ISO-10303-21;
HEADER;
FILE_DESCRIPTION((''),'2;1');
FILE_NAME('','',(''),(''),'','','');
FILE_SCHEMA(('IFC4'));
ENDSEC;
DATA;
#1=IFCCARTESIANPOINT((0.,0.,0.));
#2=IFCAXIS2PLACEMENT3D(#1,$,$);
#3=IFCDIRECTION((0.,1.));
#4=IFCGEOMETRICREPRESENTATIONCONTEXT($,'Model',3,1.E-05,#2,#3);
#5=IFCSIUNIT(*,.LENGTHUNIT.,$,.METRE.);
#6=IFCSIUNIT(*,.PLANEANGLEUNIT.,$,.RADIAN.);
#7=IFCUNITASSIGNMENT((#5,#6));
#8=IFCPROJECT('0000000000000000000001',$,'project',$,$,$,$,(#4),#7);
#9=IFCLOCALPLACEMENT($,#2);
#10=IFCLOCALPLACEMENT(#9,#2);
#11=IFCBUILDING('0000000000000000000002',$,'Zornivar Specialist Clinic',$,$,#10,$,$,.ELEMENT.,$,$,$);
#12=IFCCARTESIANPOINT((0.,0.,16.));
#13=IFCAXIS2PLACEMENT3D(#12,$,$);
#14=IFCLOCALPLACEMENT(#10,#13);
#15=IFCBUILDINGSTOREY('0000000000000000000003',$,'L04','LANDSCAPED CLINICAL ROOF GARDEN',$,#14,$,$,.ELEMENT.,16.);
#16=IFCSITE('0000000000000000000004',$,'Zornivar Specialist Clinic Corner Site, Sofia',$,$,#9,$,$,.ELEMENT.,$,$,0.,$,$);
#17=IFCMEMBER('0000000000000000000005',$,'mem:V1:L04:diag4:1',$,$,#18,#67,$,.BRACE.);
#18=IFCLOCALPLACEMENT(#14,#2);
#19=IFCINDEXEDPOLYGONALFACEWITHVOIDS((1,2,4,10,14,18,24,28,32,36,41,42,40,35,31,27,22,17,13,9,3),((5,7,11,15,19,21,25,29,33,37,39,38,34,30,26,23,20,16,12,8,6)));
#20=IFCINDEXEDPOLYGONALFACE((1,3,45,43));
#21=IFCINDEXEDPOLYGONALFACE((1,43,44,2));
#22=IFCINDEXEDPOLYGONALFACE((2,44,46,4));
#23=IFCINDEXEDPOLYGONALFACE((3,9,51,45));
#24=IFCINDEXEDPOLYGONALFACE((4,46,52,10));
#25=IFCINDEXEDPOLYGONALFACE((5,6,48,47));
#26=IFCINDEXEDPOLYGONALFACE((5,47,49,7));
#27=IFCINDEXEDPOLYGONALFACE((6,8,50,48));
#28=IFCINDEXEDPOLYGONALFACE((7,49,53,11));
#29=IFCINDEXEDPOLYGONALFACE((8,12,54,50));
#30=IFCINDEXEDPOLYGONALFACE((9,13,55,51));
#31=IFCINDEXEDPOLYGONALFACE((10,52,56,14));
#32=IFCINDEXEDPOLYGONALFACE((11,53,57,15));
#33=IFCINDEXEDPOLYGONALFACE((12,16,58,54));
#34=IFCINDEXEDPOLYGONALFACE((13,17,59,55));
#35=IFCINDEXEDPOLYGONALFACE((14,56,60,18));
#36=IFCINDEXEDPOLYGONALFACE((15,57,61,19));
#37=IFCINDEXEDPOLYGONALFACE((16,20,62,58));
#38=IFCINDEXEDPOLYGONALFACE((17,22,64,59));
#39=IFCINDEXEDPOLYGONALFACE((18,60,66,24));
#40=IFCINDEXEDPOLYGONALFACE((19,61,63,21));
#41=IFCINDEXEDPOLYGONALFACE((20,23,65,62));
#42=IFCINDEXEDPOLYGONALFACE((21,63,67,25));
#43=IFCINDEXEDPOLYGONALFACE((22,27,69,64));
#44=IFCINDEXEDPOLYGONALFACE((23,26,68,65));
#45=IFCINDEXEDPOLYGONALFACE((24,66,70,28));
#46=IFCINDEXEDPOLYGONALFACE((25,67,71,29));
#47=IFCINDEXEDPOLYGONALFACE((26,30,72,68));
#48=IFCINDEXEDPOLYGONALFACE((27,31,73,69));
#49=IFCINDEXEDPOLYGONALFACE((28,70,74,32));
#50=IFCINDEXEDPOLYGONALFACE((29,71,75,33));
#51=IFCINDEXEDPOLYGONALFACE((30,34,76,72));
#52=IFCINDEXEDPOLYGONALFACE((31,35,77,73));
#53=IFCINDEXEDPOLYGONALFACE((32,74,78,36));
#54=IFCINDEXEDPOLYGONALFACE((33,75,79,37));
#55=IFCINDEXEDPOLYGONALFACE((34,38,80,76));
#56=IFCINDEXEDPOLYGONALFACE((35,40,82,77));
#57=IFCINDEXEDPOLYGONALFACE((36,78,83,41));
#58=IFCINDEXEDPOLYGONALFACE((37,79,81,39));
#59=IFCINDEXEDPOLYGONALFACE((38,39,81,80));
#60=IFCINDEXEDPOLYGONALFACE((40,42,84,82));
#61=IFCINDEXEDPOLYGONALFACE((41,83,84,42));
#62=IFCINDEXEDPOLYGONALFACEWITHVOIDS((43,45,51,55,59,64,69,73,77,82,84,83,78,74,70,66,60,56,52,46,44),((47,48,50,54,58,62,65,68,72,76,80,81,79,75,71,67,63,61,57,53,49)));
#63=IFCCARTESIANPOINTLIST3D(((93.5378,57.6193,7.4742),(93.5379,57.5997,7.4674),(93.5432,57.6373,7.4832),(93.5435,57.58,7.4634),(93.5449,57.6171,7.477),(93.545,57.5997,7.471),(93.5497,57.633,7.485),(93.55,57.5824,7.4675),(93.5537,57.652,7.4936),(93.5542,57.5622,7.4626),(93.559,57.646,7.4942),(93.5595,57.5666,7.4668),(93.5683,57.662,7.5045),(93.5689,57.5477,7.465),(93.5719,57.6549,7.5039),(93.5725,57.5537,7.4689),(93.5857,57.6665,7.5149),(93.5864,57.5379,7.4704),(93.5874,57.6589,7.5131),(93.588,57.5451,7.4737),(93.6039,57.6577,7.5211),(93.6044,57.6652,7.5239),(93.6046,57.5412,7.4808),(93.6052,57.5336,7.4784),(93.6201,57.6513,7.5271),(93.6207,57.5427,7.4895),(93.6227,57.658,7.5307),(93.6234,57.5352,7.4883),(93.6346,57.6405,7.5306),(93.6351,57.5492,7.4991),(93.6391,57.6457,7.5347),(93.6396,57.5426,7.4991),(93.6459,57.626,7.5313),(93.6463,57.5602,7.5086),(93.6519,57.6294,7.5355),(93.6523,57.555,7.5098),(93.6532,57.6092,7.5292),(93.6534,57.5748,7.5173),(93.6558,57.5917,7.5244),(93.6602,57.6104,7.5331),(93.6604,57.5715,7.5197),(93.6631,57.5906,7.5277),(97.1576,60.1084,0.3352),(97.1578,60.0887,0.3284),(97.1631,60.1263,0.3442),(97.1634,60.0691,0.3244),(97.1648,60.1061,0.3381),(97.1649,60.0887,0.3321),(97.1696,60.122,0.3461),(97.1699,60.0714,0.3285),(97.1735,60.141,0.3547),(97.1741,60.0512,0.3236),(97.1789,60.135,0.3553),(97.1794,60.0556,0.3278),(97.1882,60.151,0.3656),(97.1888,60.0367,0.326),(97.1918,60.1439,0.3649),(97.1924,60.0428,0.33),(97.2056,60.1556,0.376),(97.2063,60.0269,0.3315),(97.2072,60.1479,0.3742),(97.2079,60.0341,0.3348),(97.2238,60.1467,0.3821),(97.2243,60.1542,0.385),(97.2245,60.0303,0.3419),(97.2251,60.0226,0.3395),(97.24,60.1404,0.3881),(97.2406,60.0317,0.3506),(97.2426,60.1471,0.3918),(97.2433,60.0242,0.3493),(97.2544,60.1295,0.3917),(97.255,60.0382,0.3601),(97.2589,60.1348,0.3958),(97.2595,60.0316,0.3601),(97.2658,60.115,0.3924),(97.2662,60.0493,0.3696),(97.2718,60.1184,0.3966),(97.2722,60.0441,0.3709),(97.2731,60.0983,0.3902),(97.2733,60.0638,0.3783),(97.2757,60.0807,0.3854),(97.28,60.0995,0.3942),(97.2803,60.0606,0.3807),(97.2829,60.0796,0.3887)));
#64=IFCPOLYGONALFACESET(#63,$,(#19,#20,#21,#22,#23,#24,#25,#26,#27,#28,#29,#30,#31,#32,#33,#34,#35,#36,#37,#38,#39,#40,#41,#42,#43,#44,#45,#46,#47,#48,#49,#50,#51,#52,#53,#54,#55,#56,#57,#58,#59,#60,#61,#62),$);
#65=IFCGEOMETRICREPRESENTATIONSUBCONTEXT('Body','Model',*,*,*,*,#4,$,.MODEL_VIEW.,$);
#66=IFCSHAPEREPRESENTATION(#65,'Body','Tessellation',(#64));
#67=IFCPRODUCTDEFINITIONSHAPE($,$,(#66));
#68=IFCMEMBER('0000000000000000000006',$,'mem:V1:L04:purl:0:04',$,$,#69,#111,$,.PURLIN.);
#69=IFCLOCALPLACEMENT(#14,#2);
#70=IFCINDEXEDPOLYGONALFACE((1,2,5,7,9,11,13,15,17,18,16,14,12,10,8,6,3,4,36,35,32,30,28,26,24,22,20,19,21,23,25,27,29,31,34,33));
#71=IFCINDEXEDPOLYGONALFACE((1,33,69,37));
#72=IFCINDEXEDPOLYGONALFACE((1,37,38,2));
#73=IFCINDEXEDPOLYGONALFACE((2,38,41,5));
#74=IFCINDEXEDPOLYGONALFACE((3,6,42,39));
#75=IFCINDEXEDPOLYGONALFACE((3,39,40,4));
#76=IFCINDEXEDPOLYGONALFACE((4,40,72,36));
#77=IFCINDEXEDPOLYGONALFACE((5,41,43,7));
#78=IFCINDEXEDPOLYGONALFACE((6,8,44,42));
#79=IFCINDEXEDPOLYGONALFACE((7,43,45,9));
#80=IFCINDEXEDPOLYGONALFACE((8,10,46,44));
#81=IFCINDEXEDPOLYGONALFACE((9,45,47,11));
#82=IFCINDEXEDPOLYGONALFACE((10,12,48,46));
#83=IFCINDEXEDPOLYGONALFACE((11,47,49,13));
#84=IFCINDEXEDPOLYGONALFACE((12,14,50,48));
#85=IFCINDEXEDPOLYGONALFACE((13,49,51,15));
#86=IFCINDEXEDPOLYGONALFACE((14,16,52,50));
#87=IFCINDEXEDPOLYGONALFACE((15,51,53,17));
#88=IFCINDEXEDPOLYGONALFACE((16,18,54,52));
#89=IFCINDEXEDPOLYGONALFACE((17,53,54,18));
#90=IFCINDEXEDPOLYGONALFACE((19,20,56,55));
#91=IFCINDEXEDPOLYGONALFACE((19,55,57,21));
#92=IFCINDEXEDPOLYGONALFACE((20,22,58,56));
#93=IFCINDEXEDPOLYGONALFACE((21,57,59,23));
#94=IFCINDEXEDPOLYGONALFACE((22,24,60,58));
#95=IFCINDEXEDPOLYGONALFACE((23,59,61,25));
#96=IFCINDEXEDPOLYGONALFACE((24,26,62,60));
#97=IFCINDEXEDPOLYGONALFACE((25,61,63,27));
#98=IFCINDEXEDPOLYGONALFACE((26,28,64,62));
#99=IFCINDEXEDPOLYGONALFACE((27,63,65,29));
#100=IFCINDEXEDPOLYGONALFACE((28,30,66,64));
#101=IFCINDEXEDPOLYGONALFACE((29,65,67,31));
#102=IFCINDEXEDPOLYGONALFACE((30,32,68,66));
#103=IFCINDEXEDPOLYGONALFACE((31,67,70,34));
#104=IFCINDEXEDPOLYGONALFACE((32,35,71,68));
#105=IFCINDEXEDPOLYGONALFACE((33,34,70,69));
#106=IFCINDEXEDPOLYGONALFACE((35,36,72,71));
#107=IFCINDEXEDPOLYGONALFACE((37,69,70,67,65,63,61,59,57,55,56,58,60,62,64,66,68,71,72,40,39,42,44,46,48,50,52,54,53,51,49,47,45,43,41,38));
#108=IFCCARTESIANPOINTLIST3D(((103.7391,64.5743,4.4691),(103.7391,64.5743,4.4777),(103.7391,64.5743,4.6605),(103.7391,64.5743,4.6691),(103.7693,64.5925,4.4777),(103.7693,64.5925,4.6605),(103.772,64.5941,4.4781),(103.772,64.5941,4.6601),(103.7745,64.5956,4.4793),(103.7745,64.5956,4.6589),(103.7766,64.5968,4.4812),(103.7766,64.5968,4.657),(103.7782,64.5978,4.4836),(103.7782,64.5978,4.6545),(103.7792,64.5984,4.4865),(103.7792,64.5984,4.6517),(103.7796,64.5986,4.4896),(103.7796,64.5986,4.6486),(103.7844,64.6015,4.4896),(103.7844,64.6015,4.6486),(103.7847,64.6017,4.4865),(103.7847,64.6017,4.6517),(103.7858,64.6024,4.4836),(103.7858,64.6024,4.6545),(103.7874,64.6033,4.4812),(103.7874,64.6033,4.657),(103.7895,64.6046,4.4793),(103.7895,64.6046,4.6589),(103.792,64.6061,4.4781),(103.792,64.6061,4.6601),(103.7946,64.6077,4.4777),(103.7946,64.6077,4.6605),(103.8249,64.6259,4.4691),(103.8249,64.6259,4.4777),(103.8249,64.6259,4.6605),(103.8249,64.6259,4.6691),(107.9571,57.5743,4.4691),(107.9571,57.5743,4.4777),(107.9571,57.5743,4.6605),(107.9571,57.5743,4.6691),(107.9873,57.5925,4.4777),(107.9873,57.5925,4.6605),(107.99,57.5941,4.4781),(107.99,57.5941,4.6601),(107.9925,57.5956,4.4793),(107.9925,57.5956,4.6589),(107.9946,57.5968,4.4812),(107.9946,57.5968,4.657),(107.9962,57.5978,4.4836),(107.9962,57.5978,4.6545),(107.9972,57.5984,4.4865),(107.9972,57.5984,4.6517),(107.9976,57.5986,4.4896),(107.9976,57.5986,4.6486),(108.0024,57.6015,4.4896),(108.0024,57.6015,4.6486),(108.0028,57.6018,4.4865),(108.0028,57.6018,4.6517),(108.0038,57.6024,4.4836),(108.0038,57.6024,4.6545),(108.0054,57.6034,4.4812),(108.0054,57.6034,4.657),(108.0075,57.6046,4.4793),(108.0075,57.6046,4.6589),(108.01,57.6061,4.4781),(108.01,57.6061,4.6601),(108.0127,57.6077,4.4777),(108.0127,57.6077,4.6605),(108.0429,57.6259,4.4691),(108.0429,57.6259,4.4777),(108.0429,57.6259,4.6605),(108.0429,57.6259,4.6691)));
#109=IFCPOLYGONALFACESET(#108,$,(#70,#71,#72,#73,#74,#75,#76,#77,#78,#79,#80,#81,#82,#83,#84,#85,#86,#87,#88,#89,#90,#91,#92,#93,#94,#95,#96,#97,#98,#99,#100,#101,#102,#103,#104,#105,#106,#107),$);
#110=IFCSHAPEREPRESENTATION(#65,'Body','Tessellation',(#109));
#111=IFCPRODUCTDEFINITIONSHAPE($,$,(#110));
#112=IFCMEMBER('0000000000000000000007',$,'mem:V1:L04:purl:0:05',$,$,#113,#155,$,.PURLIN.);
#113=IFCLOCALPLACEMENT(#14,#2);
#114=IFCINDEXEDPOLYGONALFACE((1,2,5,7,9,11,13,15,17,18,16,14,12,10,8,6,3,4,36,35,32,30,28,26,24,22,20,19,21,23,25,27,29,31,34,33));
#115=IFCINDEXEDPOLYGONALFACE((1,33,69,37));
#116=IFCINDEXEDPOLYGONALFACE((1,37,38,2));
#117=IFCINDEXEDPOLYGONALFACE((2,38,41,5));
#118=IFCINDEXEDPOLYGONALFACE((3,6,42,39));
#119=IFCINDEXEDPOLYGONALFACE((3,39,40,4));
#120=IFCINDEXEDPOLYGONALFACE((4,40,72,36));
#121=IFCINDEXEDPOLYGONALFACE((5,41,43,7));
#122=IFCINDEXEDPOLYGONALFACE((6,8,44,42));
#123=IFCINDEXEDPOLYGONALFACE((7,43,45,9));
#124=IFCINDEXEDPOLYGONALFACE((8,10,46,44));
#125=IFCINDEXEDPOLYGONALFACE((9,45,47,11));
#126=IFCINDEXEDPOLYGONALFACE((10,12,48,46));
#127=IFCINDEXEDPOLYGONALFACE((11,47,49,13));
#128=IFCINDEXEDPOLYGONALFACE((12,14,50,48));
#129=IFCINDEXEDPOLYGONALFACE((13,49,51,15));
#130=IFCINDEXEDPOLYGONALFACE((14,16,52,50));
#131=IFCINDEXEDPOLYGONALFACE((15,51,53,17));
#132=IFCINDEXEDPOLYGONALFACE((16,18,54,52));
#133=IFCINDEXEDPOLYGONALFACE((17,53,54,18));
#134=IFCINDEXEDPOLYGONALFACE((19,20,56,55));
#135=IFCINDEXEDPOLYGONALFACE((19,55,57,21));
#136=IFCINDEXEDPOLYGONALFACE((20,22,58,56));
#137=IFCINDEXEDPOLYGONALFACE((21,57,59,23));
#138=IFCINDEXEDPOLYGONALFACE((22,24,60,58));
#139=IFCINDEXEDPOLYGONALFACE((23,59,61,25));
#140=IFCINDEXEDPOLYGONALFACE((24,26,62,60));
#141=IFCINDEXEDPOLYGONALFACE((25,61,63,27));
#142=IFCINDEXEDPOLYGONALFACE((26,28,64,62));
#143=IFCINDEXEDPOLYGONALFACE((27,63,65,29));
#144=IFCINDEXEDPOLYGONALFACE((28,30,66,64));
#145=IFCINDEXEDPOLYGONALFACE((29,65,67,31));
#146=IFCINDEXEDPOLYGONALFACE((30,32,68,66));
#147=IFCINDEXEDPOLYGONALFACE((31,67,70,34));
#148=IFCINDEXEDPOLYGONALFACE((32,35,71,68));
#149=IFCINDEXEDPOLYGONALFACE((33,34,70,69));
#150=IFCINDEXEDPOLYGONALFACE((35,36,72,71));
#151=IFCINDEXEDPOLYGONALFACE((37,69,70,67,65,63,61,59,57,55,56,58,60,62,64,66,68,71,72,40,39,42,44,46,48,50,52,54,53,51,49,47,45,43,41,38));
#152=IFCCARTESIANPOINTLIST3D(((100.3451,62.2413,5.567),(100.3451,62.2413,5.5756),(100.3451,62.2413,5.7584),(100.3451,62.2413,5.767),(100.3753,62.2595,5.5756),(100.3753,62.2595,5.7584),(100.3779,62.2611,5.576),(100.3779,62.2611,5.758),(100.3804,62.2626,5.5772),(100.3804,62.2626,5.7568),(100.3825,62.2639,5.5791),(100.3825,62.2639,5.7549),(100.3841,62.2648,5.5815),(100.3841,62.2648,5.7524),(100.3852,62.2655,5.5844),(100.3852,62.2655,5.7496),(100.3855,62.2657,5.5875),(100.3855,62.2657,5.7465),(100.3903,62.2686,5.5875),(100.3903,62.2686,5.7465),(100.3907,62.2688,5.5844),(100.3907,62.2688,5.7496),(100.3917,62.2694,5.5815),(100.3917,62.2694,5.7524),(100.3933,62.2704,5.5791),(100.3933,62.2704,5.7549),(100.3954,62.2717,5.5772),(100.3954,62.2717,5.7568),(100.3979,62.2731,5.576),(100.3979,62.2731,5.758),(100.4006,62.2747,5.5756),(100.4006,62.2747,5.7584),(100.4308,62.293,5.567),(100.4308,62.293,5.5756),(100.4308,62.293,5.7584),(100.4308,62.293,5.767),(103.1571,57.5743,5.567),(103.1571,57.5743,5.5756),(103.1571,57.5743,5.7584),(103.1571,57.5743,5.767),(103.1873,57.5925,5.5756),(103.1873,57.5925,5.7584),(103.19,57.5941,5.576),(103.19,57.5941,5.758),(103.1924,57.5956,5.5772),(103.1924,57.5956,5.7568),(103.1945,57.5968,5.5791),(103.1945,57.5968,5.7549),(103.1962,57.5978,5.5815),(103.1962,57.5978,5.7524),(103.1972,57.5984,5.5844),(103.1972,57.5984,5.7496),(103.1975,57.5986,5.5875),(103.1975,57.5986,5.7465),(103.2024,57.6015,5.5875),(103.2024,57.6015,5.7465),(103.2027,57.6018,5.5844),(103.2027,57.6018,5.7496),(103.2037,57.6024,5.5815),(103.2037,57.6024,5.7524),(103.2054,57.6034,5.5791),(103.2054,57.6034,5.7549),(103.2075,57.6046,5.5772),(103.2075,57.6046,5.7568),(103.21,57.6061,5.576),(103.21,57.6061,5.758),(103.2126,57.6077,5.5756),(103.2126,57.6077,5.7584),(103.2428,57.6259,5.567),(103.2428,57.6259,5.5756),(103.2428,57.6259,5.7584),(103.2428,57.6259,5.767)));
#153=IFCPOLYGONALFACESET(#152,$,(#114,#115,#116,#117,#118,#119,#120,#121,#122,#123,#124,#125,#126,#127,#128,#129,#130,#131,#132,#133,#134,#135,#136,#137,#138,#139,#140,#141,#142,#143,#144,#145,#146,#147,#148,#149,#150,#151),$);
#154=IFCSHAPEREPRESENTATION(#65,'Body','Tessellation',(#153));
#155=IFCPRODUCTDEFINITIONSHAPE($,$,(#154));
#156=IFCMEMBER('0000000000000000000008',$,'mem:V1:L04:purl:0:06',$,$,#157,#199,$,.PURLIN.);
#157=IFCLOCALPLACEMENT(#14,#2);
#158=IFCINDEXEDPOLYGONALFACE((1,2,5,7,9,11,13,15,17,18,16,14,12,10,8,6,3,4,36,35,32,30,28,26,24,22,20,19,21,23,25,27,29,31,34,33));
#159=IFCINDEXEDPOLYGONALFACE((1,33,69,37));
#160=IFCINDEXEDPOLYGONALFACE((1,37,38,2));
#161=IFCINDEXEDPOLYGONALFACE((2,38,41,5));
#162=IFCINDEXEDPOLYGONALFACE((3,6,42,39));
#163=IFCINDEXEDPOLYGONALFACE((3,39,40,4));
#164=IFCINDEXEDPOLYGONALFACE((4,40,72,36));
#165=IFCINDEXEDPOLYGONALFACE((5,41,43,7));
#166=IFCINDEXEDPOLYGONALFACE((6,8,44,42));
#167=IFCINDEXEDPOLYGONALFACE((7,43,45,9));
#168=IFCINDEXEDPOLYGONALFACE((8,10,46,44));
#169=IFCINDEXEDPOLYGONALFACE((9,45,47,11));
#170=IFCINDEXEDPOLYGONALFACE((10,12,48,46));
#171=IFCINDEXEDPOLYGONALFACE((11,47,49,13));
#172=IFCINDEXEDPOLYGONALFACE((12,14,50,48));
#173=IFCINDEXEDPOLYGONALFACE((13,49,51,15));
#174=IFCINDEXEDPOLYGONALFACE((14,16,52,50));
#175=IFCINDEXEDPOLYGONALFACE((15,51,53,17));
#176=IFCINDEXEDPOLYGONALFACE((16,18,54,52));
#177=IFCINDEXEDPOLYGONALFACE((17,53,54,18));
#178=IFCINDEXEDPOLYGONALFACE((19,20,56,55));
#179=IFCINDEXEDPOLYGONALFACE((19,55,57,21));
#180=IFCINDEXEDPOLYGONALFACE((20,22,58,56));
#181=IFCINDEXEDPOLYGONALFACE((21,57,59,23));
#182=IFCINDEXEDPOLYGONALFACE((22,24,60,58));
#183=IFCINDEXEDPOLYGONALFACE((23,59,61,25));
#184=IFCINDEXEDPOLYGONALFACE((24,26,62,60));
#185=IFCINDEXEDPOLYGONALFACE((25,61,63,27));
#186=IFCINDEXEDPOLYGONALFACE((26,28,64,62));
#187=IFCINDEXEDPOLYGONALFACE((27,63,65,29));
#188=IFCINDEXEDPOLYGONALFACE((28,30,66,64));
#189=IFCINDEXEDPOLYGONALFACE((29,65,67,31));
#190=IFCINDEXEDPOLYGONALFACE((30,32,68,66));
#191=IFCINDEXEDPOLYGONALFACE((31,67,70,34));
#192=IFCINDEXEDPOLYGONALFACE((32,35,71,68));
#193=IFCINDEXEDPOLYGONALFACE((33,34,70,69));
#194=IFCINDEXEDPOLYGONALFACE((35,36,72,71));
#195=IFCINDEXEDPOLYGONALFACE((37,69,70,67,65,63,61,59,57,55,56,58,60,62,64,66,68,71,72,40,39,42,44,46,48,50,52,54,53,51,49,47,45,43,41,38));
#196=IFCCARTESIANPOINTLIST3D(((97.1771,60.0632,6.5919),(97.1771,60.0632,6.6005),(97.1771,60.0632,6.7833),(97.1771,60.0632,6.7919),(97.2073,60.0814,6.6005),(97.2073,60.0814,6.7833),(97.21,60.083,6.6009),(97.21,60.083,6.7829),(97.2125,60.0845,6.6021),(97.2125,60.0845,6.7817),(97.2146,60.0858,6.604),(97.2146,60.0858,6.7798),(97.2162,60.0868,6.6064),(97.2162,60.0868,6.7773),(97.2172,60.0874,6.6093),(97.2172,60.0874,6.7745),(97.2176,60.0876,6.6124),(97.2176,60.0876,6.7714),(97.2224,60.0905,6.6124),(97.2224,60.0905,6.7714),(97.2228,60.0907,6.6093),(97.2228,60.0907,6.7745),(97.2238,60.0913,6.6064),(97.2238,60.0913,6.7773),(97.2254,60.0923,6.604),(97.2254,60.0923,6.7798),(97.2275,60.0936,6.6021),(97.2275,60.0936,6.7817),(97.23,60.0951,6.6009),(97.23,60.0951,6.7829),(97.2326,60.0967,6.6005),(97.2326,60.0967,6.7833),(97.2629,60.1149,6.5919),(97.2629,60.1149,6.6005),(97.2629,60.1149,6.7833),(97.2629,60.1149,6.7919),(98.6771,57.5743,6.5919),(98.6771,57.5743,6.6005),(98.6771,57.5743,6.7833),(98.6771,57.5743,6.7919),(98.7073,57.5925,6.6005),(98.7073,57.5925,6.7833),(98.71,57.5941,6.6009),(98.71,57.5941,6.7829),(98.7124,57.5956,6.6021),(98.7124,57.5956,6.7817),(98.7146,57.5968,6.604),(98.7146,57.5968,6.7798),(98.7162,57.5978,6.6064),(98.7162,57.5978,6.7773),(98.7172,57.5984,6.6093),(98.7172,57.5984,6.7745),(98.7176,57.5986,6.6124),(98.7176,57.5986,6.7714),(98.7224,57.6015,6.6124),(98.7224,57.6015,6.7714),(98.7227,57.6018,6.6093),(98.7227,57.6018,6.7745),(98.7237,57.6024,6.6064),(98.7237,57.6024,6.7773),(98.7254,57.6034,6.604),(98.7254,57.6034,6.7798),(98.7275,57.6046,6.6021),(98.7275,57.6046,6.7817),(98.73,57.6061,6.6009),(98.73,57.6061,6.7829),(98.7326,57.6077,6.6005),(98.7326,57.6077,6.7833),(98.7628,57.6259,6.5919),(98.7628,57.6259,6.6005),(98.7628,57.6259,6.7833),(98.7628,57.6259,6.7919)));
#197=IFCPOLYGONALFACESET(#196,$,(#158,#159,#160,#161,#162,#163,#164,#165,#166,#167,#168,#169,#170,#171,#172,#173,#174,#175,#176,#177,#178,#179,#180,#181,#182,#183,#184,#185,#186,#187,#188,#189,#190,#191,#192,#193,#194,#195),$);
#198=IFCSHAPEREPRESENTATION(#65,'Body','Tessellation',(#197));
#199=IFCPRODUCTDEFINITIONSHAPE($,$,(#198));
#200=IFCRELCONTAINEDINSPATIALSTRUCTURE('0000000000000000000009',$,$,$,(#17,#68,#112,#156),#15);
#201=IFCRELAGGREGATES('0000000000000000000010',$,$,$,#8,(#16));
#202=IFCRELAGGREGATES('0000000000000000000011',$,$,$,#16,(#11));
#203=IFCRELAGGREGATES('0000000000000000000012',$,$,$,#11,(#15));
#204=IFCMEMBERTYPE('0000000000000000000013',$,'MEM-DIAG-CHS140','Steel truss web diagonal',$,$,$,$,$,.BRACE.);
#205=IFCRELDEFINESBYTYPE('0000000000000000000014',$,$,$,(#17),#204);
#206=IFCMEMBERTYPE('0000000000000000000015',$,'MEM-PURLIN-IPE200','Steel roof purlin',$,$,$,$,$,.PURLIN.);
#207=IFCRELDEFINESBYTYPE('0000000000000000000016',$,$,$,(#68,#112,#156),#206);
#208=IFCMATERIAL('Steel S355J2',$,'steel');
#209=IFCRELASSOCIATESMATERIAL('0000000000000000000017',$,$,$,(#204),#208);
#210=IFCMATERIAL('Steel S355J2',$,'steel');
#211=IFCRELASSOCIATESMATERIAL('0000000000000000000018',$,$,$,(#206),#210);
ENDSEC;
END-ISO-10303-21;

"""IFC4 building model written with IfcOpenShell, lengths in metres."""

from ifc_helpers import new_model, si_unit, direction, frame, origin, origin_2d, place, context, subcontext, project, spatial, hollow_circle, i_section, extrude, material, material_profile, profile_set, type_object, element, save


model = new_model("IFC4")

# Units and contexts
model_context = context("Model", 3, precision=1e-05, world=origin(), true_north=direction((0.0, 1.0)))
body_context = subcontext(model_context, "Body", "Model", "MODEL_VIEW")
ifc_project = project(units=[si_unit("LENGTHUNIT", "METRE"), si_unit("PLANEANGLEUNIT", "RADIAN")], contexts=[model_context])

# Site, building, storey
site_placement = place(None, origin())
site = spatial("IfcSite", under=ifc_project, at=site_placement, Name="Zornivar Specialist Clinic Corner Site, Sofia", CompositionType="ELEMENT", RefElevation=0.0)
building_placement = place(site_placement, origin())
building = spatial("IfcBuilding", under=site, at=building_placement, Name="Zornivar Specialist Clinic", CompositionType="ELEMENT")
storey_placement = place(building_placement, frame((0.0, 0.0, 16.0)))
storey = spatial("IfcBuildingStorey", under=building, at=storey_placement, Name="L04", Description="LANDSCAPED CLINICAL ROOF GARDEN", CompositionType="ELEMENT", Elevation=16.0)

# Members
ifc_material_1 = material(Name="Steel S355J2", Category="steel")
ifc_material_profile_1 = material_profile(ifc_material_1, hollow_circle(Radius=0.0698, WallThickness=0.0081, at=origin_2d()), Name="CHS 139.7x8")
ifc_profile_set_1 = profile_set([ifc_material_profile_1], Name="Steel S355J2")
member_type_1 = type_object("IfcMemberType", Name="MEM-DIAG-CHS140", Description="Steel truss web diagonal", PredefinedType="BRACE", material=ifc_profile_set_1)
member_1_placement = place(storey_placement, frame((97.22, 60.0891, 0.3601), z_axis=(-0.431848, -0.296937, 0.851667), x_axis=(0.566583, -0.824005, 0.0)))
element("IfcMember", 1, at=member_1_placement, inside=storey, type_object=member_type_1, Name="mem:V1:L04:diag4:1", PredefinedType="BRACE", context=body_context, shape_type="SweptSolid", body=[
    extrude(hollow_circle(Radius=0.0698, WallThickness=0.0081, at=origin_2d()), origin(), (0.0, 0.0, 1.0), 8.3823),
])
ifc_material_2 = material(Name="Steel S355J2", Category="steel")
ifc_material_profile_2 = material_profile(ifc_material_2, i_section(OverallWidth=0.1001, OverallDepth=0.2, WebThickness=0.0056, FlangeThickness=0.0085, FilletRadius=0.012, at=origin_2d()), Name="IPE 200")
ifc_profile_set_2 = profile_set([ifc_material_profile_2], Name="Steel S355J2")
member_type_2 = type_object("IfcMemberType", Name="MEM-PURLIN-IPE200", Description="Steel roof purlin", PredefinedType="PURLIN", material=ifc_profile_set_2)
member_2_placement = place(storey_placement, frame((108.0, 57.6001, 4.5691), z_axis=(-0.516116, 0.856519, 0.0), x_axis=(-0.856519, -0.516116, 0.0)))
element("IfcMember", 2, at=member_2_placement, inside=storey, type_object=member_type_2, Name="mem:V1:L04:purl:0:04", PredefinedType="PURLIN", context=body_context, shape_type="SweptSolid", body=[
    extrude(i_section(OverallWidth=0.1001, OverallDepth=0.2, WebThickness=0.0056, FlangeThickness=0.0085, FilletRadius=0.012, at=origin_2d()), origin(), (0.0, 0.0, 1.0), 8.1726),
])
member_3_placement = place(storey_placement, frame((103.2, 57.6001, 5.667), z_axis=(-0.516089, 0.856535, 0.0), x_axis=(-0.856535, -0.516089, 0.0)))
element("IfcMember", 3, at=member_3_placement, inside=storey, type_object=member_type_2, Name="mem:V1:L04:purl:0:05", PredefinedType="PURLIN", context=body_context, shape_type="SweptSolid", body=[
    extrude(i_section(OverallWidth=0.1001, OverallDepth=0.2, WebThickness=0.0056, FlangeThickness=0.0085, FilletRadius=0.012, at=origin_2d()), origin(), (0.0, 0.0, 1.0), 5.4487),
])
member_4_placement = place(storey_placement, frame((98.72, 57.6001, 6.6919), z_axis=(-0.516163, 0.856491, 0.0), x_axis=(-0.856491, -0.516163, 0.0)))
element("IfcMember", 4, at=member_4_placement, inside=storey, type_object=member_type_2, Name="mem:V1:L04:purl:0:06", PredefinedType="PURLIN", context=body_context, shape_type="SweptSolid", body=[
    extrude(i_section(OverallWidth=0.1001, OverallDepth=0.2, WebThickness=0.0056, FlangeThickness=0.0085, FilletRadius=0.012, at=origin_2d()), origin(), (0.0, 0.0, 1.0), 2.906),
])

save(model, "model.ifc")
